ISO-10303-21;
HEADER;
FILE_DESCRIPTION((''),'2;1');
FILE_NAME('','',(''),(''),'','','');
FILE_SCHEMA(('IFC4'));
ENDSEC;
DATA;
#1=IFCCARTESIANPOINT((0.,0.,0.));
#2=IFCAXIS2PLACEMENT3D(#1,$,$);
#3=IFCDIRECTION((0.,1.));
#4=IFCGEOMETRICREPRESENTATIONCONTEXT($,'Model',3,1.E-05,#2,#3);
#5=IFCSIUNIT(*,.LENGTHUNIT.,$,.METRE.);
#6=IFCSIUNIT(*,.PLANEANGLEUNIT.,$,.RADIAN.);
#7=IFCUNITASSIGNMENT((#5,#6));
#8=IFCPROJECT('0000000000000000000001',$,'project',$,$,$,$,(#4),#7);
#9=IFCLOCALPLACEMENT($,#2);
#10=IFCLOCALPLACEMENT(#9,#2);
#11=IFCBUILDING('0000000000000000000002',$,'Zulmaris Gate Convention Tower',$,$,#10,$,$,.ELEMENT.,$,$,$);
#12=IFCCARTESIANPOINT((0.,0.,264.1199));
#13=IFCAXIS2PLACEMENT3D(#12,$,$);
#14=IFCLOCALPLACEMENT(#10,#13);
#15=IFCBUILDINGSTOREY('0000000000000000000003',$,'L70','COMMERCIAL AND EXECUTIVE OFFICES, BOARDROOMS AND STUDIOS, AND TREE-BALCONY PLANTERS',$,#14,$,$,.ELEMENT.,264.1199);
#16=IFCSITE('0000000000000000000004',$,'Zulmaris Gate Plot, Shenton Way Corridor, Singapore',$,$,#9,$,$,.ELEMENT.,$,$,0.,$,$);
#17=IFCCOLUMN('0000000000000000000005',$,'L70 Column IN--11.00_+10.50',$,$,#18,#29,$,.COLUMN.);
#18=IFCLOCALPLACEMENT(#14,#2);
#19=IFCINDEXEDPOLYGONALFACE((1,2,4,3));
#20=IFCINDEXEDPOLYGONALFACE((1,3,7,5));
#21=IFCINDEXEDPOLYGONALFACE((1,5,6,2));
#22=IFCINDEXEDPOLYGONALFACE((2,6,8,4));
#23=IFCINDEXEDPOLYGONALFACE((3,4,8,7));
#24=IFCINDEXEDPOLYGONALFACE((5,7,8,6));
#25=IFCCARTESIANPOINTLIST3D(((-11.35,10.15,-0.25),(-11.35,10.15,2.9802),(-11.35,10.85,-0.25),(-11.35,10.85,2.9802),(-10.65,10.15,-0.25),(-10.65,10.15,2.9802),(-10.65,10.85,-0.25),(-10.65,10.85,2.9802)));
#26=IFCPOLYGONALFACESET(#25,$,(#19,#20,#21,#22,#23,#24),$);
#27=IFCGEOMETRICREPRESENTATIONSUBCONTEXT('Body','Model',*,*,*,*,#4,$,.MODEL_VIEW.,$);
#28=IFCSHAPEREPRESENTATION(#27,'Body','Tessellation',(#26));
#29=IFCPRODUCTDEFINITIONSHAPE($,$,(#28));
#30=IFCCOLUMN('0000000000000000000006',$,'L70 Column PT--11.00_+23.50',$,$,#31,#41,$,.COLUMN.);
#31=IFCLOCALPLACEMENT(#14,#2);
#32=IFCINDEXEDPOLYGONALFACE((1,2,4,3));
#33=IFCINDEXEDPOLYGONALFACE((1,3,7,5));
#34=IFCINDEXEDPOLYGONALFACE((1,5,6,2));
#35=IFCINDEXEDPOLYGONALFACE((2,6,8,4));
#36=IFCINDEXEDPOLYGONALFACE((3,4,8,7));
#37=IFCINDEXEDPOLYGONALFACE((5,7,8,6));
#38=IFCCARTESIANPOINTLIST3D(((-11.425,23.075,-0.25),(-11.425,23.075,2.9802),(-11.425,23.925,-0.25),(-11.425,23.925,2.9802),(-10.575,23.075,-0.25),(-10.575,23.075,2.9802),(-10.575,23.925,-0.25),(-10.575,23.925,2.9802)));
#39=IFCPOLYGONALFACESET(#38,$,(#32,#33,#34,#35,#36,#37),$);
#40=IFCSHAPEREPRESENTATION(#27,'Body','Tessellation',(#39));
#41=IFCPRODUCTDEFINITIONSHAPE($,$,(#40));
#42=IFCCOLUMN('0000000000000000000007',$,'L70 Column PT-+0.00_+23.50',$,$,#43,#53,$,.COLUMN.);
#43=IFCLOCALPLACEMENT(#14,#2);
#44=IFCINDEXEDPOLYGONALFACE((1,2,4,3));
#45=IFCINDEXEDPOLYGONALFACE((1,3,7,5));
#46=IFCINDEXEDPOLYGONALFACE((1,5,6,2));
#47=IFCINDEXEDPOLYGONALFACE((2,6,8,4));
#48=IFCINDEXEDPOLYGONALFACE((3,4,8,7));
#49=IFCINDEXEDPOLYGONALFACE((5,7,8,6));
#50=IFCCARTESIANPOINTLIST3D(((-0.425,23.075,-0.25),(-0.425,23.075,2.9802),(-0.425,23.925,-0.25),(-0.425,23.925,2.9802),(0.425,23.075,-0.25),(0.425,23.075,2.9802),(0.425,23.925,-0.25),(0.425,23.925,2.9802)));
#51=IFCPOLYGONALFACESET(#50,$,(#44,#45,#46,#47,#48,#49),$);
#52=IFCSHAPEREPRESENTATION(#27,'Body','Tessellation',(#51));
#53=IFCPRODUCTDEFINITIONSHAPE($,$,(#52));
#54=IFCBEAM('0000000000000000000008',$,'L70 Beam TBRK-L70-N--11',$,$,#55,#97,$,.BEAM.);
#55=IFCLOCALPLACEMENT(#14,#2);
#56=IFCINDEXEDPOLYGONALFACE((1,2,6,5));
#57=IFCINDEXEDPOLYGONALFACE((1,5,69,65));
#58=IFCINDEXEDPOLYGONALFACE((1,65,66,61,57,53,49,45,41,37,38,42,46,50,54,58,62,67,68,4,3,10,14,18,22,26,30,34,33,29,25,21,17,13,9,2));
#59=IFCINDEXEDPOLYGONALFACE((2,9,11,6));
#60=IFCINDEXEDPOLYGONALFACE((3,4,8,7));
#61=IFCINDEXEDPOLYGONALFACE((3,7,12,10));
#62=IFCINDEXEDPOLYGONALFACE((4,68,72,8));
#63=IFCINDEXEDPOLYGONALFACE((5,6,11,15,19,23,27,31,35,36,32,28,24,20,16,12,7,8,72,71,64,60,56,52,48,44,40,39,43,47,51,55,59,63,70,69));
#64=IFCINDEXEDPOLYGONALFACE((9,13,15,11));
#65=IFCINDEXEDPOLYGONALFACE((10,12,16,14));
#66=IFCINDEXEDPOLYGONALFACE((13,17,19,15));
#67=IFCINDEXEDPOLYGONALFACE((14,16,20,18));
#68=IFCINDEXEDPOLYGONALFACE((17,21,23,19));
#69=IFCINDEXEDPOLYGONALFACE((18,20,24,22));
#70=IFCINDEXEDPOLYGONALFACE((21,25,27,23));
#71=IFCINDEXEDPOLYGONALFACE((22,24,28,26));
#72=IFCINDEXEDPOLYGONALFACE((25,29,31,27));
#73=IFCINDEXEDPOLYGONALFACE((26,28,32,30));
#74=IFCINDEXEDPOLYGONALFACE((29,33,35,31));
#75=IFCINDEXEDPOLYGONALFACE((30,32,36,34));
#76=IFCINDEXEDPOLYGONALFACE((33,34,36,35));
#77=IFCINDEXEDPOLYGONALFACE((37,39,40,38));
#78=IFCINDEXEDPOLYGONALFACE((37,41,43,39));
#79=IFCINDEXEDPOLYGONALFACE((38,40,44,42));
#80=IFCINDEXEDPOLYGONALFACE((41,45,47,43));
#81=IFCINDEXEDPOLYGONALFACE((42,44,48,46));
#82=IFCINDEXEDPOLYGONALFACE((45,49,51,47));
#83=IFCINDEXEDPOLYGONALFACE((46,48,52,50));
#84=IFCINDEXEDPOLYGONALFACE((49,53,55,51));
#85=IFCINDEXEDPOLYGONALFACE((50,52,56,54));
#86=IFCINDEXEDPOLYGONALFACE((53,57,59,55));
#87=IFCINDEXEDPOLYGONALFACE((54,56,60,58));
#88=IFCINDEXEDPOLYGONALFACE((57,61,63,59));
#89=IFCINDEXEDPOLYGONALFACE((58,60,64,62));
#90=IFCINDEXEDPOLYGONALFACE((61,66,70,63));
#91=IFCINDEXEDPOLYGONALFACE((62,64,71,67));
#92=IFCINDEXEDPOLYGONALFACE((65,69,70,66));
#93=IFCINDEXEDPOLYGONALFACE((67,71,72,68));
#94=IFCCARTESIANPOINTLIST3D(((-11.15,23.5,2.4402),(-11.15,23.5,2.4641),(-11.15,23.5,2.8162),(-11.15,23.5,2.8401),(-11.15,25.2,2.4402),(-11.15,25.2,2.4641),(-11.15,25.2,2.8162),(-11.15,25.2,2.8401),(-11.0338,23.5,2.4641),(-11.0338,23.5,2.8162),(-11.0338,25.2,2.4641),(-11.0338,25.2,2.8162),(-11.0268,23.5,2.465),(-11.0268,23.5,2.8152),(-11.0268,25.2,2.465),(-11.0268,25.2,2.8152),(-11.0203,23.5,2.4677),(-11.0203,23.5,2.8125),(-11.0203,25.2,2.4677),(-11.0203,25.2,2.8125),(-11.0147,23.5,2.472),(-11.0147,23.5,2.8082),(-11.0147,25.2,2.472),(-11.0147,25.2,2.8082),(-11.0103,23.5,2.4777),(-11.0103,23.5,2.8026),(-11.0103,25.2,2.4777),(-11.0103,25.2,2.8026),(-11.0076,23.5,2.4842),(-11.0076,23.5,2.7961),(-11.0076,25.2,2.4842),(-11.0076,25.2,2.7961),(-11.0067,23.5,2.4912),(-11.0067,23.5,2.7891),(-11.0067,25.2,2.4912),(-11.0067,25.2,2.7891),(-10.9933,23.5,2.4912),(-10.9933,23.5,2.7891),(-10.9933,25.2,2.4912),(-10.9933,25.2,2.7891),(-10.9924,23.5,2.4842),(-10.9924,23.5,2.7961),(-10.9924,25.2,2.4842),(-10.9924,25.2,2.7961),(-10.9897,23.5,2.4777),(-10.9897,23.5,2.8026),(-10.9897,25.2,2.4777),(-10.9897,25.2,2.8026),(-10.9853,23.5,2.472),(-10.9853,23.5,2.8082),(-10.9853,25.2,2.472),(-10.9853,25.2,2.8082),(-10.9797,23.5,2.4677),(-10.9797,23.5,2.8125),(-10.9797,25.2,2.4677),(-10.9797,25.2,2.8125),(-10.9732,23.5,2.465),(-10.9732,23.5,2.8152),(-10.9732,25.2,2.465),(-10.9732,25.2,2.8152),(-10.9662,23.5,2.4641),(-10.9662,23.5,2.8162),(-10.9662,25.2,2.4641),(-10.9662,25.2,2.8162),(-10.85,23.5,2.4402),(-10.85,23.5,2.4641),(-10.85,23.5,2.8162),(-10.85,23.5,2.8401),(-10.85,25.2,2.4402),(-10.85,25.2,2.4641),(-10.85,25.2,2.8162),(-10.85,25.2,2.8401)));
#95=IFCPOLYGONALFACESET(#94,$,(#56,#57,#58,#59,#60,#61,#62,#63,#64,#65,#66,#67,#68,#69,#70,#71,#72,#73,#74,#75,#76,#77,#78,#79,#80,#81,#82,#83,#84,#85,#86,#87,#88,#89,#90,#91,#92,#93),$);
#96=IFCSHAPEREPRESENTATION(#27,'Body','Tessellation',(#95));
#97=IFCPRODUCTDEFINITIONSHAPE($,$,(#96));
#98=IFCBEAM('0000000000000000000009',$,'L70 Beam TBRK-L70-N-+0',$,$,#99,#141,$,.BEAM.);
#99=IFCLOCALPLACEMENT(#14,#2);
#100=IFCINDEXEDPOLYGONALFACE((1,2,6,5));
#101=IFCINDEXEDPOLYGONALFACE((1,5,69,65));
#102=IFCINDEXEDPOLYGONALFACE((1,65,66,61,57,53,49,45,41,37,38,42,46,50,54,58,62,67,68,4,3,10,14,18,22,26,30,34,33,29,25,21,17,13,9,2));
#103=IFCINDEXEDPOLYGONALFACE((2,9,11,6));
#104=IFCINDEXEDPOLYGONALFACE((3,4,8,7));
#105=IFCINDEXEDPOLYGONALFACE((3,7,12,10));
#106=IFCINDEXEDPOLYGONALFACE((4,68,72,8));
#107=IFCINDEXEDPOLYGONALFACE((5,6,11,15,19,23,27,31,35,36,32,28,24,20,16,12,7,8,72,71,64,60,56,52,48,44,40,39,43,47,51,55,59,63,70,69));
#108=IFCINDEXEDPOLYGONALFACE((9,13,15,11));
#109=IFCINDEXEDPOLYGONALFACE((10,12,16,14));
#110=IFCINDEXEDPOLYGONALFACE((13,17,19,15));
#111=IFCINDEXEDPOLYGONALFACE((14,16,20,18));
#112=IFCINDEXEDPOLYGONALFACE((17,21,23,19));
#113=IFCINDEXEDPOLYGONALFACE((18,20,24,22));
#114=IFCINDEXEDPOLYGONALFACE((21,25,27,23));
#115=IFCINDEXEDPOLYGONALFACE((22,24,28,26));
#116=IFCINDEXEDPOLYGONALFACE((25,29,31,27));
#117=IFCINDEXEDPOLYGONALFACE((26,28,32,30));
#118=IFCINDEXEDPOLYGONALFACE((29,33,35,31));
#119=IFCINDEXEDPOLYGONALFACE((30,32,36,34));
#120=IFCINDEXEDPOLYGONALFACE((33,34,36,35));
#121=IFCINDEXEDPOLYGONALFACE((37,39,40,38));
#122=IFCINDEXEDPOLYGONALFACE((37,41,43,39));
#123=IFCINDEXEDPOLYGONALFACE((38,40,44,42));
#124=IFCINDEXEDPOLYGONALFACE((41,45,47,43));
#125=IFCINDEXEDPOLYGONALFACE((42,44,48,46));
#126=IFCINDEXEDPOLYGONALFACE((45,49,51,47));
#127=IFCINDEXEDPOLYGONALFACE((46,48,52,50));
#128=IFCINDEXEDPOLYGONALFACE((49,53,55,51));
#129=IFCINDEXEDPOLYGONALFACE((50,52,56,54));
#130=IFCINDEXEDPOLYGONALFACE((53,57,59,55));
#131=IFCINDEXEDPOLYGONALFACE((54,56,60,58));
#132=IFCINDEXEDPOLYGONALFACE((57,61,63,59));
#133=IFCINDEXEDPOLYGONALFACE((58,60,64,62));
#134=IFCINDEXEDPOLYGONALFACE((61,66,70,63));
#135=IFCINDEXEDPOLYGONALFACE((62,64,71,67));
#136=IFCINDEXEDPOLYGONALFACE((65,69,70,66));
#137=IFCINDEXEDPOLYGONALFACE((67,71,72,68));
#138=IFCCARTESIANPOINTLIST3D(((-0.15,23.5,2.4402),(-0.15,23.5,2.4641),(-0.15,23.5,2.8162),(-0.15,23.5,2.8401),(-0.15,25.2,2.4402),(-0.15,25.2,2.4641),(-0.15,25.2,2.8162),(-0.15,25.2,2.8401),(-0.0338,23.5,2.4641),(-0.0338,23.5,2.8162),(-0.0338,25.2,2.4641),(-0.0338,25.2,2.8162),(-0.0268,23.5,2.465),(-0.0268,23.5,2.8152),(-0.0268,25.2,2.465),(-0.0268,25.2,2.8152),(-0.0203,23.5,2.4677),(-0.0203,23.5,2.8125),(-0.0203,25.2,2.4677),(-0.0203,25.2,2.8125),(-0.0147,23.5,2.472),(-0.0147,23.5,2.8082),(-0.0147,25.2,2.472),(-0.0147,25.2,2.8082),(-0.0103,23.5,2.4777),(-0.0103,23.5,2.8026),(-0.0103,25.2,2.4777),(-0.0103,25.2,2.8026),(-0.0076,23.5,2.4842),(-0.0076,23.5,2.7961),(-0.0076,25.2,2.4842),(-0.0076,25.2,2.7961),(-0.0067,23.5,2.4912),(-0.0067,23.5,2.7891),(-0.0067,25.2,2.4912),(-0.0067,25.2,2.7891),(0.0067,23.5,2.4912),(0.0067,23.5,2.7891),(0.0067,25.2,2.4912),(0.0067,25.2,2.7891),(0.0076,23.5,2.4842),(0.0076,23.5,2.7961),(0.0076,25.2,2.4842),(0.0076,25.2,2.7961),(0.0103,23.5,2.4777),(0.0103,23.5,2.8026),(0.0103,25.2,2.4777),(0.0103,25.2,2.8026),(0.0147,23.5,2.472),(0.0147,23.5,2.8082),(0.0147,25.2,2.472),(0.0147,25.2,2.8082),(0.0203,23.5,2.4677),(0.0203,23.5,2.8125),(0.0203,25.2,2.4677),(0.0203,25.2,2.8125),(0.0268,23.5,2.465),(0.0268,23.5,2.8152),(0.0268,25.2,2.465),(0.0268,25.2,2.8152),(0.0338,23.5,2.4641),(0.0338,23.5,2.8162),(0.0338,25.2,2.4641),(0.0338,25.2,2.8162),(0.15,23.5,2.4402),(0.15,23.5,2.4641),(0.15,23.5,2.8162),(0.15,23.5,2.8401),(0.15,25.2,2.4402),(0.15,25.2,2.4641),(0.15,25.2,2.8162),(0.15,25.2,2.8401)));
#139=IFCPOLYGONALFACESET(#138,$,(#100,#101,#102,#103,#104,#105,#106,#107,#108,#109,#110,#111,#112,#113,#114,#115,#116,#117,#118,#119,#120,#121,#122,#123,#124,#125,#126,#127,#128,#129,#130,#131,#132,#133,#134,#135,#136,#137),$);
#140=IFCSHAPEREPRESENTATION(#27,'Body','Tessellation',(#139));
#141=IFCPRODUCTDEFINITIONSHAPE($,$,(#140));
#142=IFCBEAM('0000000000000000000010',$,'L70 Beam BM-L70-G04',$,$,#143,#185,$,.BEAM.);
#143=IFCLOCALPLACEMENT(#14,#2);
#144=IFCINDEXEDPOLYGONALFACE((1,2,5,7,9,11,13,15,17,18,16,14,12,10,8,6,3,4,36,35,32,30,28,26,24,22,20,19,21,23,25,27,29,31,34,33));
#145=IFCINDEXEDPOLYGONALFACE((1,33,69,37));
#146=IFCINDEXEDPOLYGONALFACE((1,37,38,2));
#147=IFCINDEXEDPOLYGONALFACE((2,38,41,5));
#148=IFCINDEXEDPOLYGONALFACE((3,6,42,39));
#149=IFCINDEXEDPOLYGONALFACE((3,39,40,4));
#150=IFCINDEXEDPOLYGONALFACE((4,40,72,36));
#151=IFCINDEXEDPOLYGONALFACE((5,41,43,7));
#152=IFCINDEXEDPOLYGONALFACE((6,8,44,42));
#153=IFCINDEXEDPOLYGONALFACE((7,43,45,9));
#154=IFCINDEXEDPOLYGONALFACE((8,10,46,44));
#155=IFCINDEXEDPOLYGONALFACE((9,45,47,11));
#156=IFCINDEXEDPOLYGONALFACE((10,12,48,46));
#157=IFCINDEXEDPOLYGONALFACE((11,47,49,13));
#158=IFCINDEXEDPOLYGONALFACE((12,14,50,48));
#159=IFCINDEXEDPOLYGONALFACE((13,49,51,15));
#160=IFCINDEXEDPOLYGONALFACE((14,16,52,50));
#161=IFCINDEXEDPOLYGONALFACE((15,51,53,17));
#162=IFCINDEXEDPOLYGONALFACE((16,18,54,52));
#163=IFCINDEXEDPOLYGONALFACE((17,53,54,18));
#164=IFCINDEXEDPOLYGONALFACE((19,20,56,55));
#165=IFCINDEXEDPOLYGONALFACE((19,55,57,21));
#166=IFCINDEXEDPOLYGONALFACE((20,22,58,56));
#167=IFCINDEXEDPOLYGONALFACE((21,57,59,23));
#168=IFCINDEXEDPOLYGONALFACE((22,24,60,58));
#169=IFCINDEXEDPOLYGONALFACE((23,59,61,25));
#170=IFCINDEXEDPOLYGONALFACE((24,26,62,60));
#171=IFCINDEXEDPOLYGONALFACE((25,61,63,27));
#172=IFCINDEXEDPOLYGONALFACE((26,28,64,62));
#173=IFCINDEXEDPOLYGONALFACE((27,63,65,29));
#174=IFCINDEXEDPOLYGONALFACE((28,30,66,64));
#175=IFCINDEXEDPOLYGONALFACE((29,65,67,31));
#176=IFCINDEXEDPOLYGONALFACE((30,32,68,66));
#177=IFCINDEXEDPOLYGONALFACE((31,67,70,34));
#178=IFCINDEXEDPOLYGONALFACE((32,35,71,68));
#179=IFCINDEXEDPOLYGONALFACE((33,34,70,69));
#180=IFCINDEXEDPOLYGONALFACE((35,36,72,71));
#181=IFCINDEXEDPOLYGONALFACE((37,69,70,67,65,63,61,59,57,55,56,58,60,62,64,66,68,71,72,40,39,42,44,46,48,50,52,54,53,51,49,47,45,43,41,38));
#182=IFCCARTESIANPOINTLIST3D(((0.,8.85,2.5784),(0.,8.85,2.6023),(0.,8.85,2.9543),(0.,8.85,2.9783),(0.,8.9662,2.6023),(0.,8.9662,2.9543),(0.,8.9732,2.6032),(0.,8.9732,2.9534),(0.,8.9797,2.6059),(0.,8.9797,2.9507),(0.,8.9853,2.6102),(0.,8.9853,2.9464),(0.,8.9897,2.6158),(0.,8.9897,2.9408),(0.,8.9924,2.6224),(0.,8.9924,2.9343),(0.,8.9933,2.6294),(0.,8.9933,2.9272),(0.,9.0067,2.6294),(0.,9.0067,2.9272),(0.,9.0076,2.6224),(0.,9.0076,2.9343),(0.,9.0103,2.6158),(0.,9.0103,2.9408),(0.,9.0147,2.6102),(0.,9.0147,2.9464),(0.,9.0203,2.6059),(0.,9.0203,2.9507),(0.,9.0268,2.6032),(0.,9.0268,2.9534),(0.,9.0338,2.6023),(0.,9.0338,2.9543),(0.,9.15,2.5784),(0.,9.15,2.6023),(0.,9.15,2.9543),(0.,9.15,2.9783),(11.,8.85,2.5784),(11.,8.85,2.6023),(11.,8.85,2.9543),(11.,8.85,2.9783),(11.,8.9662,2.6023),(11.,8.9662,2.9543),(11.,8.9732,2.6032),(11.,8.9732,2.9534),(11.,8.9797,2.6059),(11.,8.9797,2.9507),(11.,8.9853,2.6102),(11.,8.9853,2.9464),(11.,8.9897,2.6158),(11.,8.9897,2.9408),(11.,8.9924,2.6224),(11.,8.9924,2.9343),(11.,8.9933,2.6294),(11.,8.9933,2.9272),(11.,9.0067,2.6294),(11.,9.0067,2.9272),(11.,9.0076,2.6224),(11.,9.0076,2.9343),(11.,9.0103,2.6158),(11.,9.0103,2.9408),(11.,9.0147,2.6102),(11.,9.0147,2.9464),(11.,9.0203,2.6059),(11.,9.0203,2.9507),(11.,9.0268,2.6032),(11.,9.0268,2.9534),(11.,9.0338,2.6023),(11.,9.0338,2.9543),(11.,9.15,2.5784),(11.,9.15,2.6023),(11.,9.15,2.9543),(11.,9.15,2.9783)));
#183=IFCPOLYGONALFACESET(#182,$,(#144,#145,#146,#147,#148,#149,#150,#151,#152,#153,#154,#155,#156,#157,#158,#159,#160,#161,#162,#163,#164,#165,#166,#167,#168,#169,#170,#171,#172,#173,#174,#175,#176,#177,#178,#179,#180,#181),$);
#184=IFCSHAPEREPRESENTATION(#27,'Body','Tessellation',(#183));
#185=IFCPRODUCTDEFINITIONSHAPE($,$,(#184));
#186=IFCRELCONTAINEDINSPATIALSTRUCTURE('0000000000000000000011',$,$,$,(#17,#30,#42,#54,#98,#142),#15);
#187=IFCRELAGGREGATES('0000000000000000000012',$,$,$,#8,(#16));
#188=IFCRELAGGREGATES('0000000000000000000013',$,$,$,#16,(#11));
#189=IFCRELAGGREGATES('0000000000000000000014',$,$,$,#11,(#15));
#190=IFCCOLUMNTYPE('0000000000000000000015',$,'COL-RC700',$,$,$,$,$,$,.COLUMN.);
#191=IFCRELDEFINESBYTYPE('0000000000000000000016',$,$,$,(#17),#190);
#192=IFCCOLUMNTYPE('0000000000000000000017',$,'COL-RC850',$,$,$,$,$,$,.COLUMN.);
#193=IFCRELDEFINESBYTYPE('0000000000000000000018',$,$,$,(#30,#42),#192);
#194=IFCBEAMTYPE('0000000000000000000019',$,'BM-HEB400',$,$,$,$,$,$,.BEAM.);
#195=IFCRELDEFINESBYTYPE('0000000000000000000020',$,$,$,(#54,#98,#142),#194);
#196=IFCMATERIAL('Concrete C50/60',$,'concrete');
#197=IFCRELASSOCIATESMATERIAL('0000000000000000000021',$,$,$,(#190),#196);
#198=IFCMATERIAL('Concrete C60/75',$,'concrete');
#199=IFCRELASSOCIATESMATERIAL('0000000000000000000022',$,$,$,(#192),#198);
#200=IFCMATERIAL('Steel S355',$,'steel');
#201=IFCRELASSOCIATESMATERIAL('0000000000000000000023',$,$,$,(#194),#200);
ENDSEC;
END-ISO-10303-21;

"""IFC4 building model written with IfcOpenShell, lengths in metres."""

from ifc_helpers import new_model, si_unit, direction, frame, origin, origin_2d, place, context, subcontext, project, spatial, rectangle, i_section, extrude, material, material_profile, profile_set, type_object, element, save


model = new_model("IFC4")

# Units and contexts
model_context = context("Model", 3, precision=1e-05, world=origin(), true_north=direction((0.0, 1.0)))
body_context = subcontext(model_context, "Body", "Model", "MODEL_VIEW")
ifc_project = project(units=[si_unit("LENGTHUNIT", "METRE"), si_unit("PLANEANGLEUNIT", "RADIAN")], contexts=[model_context])

# Site, building, storey
site_placement = place(None, origin())
site = spatial("IfcSite", under=ifc_project, at=site_placement, Name="Zulmaris Gate Plot, Shenton Way Corridor, Singapore", CompositionType="ELEMENT", RefElevation=0.0)
building_placement = place(site_placement, origin())
building = spatial("IfcBuilding", under=site, at=building_placement, Name="Zulmaris Gate Convention Tower", CompositionType="ELEMENT")
storey_placement = place(building_placement, frame((0.0, 0.0, 264.1199)))
storey = spatial("IfcBuildingStorey", under=building, at=storey_placement, Name="L70", Description="COMMERCIAL AND EXECUTIVE OFFICES, BOARDROOMS AND STUDIOS, AND TREE-BALCONY PLANTERS", CompositionType="ELEMENT", Elevation=264.1199)

# Columns
ifc_material_1 = material(Name="Concrete C50/60", Category="concrete")
ifc_material_profile_1 = material_profile(ifc_material_1, rectangle(XDim=0.7, YDim=0.7, at=origin_2d()), Name="RC COL 700x700")
ifc_profile_set_1 = profile_set([ifc_material_profile_1], Name="Concrete C50/60")
column_type_1 = type_object("IfcColumnType", Name="COL-RC700", PredefinedType="COLUMN", material=ifc_profile_set_1)
column_placement = place(storey_placement, frame((-11.0, 10.5, -0.25), z_axis=(0.0, 0.0, 1.0), x_axis=(1.0, 0.0, 0.0)))
element("IfcColumn", 1, at=column_placement, inside=storey, type_object=column_type_1, Name="L70 Column IN--11.00_+10.50", PredefinedType="COLUMN", context=body_context, shape_type="SweptSolid", body=[
    extrude(rectangle(XDim=0.7, YDim=0.7, at=origin_2d()), origin(), (0.0, 0.0, 1.0), 3.2302),
])
ifc_material_2 = material(Name="Concrete C60/75", Category="concrete")
ifc_material_profile_2 = material_profile(ifc_material_2, rectangle(XDim=0.8501, YDim=0.8501, at=origin_2d()), Name="RC COL 850x850")
ifc_profile_set_2 = profile_set([ifc_material_profile_2], Name="Concrete C60/75")
column_type_2 = type_object("IfcColumnType", Name="COL-RC850", PredefinedType="COLUMN", material=ifc_profile_set_2)
for number, where, z_axis, x_axis, name in (
    (2, (-11.0, 23.5, -0.25), (0.0, 0.0, 1.0), (1.0, 0.0, 0.0), "L70 Column PT--11.00_+23.50"),
    (3, (0.0, 23.5, -0.25), (0.0, 0.0, 1.0), (1.0, 0.0, 0.0), "L70 Column PT-+0.00_+23.50"),
):
    element("IfcColumn", number, at=place(storey_placement, frame(where, z_axis=z_axis, x_axis=x_axis)), inside=storey, type_object=column_type_2, Name=name, PredefinedType="COLUMN", context=body_context, shape_type="SweptSolid", body=[
        extrude(rectangle(XDim=0.8501, YDim=0.8501, at=origin_2d()), origin(), (0.0, 0.0, 1.0), 3.2302),
    ])

# Beams
ifc_material_3 = material(Name="Steel S355", Category="steel")
ifc_material_profile_3 = material_profile(ifc_material_3, i_section(OverallWidth=0.3, OverallDepth=0.3999, WebThickness=0.0134, FlangeThickness=0.0239, FilletRadius=0.0271, at=origin_2d()), Name="HEB 400")
ifc_profile_set_3 = profile_set([ifc_material_profile_3], Name="Steel S355")
beam_type_1 = type_object("IfcBeamType", Name="BM-HEB400", PredefinedType="BEAM", material=ifc_profile_set_3)
for number, where, z_axis, x_axis, name in (
    (4, (-11.0, 23.5, 2.6401), (0.0, 1.0, 0.0), (-1.0, 0.0, 0.0), "L70 Beam TBRK-L70-N--11"),
    (5, (0.0, 23.5, 2.6401), (0.0, 1.0, 0.0), (-1.0, 0.0, 0.0), "L70 Beam TBRK-L70-N-+0"),
):
    element("IfcBeam", number, at=place(storey_placement, frame(where, z_axis=z_axis, x_axis=x_axis)), inside=storey, type_object=beam_type_1, Name=name, PredefinedType="BEAM", context=body_context, shape_type="SweptSolid", body=[
        extrude(i_section(OverallWidth=0.3, OverallDepth=0.3999, WebThickness=0.0134, FlangeThickness=0.0239, FilletRadius=0.0271, at=origin_2d()), origin(), (0.0, 0.0, 1.0), 1.7),
    ])
beam_1_placement = place(storey_placement, frame((0.0, 9.0, 2.7783), z_axis=(1.0, 0.0, 0.0), x_axis=(0.0, 1.0, 0.0)))
element("IfcBeam", 6, at=beam_1_placement, inside=storey, type_object=beam_type_1, Name="L70 Beam BM-L70-G04", PredefinedType="BEAM", context=body_context, shape_type="SweptSolid", body=[
    extrude(i_section(OverallWidth=0.3, OverallDepth=0.3999, WebThickness=0.0134, FlangeThickness=0.0239, FilletRadius=0.0271, at=origin_2d()), origin(), (0.0, 0.0, 1.0), 11.0),
])

save(model, "model.ifc")
